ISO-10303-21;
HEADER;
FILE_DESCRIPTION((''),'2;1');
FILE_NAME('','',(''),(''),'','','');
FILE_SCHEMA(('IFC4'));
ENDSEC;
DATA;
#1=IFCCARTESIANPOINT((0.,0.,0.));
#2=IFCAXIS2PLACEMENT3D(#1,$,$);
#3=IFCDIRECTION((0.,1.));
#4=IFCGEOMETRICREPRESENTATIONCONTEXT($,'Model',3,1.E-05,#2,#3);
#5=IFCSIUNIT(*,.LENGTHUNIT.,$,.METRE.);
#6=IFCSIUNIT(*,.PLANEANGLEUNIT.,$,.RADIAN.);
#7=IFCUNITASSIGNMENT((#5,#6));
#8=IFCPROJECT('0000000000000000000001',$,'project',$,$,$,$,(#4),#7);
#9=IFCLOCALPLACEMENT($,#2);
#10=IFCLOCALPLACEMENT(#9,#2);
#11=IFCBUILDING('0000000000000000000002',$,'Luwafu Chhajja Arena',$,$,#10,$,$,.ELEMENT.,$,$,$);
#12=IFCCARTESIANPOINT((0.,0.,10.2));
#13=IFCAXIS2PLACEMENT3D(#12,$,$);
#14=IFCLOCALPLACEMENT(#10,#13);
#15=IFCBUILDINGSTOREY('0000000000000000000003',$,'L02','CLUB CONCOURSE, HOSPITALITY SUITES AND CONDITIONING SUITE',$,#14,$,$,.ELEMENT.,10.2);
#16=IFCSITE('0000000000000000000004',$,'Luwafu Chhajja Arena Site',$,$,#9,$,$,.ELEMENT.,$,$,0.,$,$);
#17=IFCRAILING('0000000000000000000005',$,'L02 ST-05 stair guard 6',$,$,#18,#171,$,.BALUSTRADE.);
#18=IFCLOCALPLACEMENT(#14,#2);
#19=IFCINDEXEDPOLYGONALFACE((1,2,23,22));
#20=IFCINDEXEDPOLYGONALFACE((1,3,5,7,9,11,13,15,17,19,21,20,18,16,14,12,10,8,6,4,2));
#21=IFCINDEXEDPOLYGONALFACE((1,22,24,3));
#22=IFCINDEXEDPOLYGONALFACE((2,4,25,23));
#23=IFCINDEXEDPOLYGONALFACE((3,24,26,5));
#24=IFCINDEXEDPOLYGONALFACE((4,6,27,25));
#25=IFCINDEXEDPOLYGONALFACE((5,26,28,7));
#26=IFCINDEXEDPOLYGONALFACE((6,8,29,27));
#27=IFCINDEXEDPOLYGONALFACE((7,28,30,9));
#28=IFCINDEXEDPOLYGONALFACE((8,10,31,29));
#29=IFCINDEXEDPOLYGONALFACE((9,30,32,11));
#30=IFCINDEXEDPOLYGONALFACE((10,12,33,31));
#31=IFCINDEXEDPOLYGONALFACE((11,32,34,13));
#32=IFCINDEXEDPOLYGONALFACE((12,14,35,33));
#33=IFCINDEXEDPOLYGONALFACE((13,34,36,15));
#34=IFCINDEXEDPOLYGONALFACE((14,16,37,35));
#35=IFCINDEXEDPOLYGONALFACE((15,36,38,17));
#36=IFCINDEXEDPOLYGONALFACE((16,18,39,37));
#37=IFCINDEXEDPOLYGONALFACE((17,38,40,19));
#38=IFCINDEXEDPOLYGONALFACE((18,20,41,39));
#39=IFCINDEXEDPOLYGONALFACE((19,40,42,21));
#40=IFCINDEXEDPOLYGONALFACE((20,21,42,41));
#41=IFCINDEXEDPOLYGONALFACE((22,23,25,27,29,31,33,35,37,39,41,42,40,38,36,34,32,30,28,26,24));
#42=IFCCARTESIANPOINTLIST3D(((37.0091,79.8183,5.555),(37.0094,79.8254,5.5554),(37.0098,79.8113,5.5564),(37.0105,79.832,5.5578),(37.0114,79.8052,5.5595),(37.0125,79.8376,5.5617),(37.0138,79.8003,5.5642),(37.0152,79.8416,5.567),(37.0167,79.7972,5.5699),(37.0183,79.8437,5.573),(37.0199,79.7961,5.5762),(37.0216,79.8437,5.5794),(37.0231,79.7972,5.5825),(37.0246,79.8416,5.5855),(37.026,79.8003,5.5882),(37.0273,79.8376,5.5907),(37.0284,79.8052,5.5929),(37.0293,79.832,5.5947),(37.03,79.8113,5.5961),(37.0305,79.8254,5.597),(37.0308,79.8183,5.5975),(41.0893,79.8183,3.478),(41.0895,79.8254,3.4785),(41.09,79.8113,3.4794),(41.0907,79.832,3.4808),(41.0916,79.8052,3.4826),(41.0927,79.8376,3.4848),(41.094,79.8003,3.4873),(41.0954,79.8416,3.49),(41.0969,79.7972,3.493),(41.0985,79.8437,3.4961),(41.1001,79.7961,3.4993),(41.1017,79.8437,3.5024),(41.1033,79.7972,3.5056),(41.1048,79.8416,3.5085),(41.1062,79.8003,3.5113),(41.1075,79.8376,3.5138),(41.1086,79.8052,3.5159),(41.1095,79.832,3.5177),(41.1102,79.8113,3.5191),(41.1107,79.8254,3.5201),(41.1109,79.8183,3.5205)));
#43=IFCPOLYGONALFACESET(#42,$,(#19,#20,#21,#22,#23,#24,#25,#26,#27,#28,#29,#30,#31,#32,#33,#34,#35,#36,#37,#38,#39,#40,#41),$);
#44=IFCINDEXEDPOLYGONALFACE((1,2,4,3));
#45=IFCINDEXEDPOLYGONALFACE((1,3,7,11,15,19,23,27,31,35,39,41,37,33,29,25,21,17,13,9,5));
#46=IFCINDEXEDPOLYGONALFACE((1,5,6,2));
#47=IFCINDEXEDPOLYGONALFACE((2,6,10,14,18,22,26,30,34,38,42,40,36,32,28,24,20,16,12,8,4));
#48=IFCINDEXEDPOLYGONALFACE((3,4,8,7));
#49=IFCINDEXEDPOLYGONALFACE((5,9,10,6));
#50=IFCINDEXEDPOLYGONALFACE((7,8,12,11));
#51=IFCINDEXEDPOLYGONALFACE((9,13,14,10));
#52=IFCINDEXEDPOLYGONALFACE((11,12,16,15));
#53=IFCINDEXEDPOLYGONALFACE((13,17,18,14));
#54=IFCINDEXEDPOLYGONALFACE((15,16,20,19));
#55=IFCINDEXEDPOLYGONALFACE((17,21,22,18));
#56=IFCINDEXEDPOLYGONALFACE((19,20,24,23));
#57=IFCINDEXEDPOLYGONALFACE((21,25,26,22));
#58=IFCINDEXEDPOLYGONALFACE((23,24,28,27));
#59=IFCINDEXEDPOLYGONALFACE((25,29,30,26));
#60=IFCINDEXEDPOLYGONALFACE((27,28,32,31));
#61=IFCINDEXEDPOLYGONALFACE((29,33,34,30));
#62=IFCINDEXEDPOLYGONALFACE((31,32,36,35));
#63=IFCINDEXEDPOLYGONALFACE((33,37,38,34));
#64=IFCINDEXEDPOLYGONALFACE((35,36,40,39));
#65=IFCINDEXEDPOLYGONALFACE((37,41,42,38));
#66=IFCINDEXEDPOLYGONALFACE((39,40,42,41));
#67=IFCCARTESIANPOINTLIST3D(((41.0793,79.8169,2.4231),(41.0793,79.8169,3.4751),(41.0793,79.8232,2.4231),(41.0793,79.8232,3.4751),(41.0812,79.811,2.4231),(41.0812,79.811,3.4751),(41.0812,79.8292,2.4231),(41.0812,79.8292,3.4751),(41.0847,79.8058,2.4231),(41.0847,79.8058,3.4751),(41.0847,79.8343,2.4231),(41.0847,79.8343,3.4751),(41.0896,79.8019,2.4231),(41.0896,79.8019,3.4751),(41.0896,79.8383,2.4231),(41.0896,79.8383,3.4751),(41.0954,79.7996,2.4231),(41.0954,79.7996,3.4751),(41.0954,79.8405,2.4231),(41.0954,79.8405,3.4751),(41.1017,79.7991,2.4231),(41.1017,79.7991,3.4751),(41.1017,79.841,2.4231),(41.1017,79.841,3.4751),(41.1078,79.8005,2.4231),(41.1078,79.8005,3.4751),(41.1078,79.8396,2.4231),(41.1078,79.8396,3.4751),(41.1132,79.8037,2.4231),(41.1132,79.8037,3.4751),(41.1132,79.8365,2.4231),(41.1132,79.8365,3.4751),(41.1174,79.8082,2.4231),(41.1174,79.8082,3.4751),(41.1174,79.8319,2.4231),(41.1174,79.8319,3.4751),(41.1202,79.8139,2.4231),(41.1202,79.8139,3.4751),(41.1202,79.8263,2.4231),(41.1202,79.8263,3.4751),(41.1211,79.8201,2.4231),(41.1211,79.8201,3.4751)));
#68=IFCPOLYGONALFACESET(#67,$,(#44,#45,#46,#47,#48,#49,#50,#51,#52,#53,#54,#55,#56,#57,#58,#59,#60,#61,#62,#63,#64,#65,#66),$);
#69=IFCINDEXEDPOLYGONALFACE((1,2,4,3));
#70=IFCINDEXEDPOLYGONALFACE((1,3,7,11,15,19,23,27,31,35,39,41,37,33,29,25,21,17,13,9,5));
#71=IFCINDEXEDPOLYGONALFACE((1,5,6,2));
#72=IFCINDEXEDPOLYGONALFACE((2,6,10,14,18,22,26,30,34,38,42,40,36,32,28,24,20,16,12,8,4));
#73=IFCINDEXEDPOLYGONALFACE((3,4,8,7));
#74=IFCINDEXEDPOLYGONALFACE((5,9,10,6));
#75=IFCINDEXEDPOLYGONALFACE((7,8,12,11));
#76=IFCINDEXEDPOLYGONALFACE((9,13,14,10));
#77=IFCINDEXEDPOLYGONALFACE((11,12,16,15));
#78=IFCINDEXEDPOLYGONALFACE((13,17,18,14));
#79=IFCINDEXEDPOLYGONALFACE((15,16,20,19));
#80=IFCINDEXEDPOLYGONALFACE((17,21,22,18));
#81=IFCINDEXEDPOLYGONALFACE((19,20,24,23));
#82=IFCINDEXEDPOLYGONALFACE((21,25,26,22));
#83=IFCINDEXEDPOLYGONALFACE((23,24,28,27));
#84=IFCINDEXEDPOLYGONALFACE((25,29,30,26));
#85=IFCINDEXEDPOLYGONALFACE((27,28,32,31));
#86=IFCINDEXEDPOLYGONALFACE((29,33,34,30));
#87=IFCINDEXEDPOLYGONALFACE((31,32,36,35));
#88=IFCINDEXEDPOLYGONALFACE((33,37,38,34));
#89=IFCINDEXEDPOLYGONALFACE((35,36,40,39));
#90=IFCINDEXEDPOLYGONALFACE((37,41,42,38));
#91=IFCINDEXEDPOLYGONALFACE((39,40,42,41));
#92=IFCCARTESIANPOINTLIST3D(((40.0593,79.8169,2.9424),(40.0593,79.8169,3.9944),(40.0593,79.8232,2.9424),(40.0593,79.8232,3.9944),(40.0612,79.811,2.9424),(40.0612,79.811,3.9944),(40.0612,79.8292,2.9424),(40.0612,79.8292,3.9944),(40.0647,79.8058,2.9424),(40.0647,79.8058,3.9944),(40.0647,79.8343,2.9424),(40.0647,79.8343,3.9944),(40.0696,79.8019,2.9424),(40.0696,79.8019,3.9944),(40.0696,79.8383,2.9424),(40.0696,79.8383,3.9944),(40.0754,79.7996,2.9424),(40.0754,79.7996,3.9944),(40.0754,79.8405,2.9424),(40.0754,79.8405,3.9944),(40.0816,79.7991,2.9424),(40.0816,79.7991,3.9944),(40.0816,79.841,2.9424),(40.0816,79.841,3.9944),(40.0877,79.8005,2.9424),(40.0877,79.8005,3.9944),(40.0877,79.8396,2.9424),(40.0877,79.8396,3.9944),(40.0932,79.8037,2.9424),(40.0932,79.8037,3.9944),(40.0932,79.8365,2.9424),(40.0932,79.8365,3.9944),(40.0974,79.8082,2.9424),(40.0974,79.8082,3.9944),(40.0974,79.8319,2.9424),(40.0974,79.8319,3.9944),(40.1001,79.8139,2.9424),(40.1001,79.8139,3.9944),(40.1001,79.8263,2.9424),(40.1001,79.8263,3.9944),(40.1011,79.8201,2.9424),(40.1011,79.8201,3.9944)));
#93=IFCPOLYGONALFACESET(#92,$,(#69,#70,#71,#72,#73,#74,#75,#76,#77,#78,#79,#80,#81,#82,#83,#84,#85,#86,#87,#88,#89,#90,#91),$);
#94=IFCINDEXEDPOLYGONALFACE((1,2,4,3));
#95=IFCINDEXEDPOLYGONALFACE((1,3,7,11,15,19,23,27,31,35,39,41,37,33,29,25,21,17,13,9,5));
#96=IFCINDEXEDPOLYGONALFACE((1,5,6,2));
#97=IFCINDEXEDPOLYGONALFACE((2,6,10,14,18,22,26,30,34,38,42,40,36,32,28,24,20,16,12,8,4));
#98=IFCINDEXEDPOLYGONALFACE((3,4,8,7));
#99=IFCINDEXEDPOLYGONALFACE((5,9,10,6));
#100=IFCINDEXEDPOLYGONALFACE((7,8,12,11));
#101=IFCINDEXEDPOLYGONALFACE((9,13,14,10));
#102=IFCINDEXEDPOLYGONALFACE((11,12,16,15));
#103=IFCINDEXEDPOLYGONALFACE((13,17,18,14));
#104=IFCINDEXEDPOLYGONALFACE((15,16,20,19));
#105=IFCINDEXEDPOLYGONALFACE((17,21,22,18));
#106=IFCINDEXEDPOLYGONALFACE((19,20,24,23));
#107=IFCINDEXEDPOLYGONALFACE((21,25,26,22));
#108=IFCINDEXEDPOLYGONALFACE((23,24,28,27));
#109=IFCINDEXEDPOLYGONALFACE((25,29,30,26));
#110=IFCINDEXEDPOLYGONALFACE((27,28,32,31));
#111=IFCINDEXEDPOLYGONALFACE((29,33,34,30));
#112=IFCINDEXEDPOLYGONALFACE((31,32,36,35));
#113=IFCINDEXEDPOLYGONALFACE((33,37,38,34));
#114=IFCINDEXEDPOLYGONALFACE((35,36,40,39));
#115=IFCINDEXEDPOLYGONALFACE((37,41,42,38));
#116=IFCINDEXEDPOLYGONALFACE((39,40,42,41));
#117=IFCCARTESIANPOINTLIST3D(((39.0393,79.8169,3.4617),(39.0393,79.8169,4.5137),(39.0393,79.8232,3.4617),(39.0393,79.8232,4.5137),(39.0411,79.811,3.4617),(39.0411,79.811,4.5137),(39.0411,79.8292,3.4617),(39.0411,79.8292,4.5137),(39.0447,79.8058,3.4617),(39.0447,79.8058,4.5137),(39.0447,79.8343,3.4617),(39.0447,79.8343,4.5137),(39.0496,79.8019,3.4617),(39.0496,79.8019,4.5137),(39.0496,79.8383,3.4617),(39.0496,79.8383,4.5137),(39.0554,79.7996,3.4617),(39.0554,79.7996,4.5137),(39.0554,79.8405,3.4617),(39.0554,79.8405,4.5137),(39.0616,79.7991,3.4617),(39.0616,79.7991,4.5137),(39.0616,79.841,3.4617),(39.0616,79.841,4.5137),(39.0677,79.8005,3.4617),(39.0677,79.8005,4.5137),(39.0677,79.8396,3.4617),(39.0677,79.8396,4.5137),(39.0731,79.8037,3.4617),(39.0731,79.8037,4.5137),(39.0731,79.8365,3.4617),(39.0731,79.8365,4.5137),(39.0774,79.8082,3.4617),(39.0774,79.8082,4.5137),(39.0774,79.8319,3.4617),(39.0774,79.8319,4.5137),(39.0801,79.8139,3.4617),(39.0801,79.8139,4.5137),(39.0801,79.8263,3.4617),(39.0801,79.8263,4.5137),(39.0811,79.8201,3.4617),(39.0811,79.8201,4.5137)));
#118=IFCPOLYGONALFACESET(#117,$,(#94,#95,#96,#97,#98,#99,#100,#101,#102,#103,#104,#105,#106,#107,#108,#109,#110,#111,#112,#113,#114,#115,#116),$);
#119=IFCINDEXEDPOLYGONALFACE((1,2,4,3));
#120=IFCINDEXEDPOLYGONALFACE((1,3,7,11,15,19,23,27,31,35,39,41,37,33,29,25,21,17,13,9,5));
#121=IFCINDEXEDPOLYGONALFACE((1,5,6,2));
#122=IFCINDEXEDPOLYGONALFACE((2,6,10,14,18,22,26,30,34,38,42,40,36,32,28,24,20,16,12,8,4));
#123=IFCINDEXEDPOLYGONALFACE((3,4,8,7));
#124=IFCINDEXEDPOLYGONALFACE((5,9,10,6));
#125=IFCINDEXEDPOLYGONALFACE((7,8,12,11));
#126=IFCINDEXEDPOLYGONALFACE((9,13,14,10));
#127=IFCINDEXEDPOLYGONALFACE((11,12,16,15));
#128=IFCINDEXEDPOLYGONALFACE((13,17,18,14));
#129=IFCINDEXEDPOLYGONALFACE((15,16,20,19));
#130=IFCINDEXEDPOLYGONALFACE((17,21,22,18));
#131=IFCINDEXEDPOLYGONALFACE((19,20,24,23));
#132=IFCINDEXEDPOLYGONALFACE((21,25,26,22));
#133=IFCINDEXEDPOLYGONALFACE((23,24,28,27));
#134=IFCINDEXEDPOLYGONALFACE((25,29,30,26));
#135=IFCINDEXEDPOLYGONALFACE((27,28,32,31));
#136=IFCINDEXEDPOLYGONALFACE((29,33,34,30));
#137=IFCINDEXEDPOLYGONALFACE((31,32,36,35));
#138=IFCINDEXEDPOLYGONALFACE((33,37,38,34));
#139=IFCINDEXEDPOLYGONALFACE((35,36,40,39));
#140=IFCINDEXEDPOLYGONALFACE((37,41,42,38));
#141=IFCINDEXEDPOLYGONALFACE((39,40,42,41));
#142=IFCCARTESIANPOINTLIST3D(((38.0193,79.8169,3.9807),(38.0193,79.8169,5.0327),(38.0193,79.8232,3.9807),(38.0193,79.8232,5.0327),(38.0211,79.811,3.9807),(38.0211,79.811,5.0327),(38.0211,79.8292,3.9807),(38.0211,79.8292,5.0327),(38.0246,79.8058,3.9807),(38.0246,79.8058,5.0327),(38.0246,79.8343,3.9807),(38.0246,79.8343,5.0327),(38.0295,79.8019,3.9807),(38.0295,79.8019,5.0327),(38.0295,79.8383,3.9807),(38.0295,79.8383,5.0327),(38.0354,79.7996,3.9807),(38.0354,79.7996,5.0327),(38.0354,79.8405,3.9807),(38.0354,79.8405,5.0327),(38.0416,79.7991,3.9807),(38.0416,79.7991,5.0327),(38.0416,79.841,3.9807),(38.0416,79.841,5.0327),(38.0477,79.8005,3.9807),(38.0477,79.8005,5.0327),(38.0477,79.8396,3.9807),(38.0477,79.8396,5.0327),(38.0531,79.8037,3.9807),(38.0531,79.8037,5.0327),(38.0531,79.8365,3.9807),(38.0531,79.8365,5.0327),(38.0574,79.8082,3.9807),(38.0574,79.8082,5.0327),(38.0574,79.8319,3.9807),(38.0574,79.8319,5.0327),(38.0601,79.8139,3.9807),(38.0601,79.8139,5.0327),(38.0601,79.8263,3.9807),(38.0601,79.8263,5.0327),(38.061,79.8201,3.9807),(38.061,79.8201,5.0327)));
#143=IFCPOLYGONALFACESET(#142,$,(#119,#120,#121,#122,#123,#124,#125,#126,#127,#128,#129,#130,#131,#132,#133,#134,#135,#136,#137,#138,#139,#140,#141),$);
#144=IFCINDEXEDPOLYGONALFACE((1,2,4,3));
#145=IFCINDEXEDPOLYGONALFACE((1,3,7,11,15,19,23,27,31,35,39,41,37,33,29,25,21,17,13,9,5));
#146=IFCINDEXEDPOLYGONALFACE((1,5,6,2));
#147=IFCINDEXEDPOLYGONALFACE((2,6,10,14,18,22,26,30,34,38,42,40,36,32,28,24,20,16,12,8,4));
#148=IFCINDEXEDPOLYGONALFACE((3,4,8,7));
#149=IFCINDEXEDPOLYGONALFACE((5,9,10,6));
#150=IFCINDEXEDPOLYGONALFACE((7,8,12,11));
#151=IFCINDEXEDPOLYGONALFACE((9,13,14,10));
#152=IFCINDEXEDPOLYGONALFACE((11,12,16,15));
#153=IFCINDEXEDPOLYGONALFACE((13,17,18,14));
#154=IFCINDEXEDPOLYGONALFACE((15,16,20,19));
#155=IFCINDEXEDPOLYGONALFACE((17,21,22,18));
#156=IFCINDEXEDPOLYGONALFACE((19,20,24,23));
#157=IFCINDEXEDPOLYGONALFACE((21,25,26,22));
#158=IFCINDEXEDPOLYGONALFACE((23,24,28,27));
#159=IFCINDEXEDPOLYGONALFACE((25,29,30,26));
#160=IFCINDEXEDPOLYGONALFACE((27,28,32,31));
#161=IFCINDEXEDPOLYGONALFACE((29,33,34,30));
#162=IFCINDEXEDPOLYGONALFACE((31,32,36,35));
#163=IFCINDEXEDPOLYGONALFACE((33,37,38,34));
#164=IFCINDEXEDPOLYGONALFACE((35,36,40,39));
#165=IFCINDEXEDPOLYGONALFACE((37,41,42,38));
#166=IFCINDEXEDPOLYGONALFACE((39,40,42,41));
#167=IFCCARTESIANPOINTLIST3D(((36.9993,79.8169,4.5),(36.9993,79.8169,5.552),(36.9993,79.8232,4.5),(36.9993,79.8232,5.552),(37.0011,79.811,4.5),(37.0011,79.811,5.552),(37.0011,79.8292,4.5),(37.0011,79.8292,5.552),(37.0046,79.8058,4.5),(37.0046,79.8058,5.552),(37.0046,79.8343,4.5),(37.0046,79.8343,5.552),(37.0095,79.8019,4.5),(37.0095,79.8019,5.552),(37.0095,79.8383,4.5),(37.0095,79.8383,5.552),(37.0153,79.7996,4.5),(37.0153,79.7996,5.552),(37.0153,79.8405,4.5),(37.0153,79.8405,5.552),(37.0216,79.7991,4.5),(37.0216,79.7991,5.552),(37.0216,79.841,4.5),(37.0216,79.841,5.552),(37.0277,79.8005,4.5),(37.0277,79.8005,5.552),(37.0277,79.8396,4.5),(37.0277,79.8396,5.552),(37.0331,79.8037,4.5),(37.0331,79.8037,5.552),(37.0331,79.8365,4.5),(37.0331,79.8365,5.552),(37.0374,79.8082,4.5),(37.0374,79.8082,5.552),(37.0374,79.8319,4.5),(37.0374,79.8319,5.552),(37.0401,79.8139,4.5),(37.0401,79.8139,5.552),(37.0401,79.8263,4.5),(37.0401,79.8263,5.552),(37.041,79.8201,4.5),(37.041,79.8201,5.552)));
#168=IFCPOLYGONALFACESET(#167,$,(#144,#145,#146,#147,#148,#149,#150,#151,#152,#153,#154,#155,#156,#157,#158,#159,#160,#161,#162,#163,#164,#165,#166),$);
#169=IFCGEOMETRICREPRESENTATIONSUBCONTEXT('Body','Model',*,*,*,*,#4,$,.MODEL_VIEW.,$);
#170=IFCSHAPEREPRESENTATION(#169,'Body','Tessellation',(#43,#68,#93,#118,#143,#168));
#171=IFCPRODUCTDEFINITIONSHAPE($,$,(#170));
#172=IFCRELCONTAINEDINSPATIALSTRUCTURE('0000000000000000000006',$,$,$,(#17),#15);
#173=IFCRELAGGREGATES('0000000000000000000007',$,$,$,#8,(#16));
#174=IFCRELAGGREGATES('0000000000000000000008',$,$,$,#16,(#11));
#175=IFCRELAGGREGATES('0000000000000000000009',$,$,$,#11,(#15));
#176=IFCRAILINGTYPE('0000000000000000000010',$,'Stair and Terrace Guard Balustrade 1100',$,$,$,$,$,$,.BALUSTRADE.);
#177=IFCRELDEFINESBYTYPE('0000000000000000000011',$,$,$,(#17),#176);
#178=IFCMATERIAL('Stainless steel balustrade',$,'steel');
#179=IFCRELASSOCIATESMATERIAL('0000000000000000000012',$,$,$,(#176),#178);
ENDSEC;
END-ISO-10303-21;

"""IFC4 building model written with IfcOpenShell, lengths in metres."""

from ifc_helpers import new_model, si_unit, direction, frame, origin, origin_2d, place, context, subcontext, project, spatial, circle, extrude, material, type_object, element, save


model = new_model("IFC4")

# Units and contexts
model_context = context("Model", 3, precision=1e-05, world=origin(), true_north=direction((0.0, 1.0)))
body_context = subcontext(model_context, "Body", "Model", "MODEL_VIEW")
ifc_project = project(units=[si_unit("LENGTHUNIT", "METRE"), si_unit("PLANEANGLEUNIT", "RADIAN")], contexts=[model_context])

# Site, building, storey
site_placement = place(None, origin())
site = spatial("IfcSite", under=ifc_project, at=site_placement, Name="Luwafu Chhajja Arena Site", CompositionType="ELEMENT", RefElevation=0.0)
building_placement = place(site_placement, origin())
building = spatial("IfcBuilding", under=site, at=building_placement, Name="Luwafu Chhajja Arena", CompositionType="ELEMENT")
storey_placement = place(building_placement, frame((0.0, 0.0, 10.2)))
storey = spatial("IfcBuildingStorey", under=building, at=storey_placement, Name="L02", Description="CLUB CONCOURSE, HOSPITALITY SUITES AND CONDITIONING SUITE", CompositionType="ELEMENT", Elevation=10.2)

# Railing
ifc_material_1 = material(Name="Stainless steel balustrade", Category="steel")
railing_type_1 = type_object("IfcRailingType", Name="Stair and Terrace Guard Balustrade 1100", PredefinedType="BALUSTRADE", material=ifc_material_1)
railing_1_placement = place(storey_placement, frame((41.1001, 79.8201, 2.4231)))
element("IfcRailing", 1, at=railing_1_placement, inside=storey, type_object=railing_type_1, Name="L02 ST-05 stair guard 6", PredefinedType="BALUSTRADE", context=body_context, shape_type="SweptSolid", body=[
    extrude(circle(Radius=0.0239, at=origin_2d()), frame((0.0, 0.0, 1.0762), z_axis=(-0.891183, 0.0, 0.453644), x_axis=(0.0, -1.0, 0.0)), (0.0, 0.0, 1.0), 4.5784),
    extrude(circle(Radius=0.021, at=origin_2d()), origin(), (0.0, 0.0, 1.0), 1.052),
    extrude(circle(Radius=0.021, at=origin_2d()), frame((-1.02, 0.0, 0.5193)), (0.0, 0.0, 1.0), 1.052),
    extrude(circle(Radius=0.021, at=origin_2d()), frame((-2.04, 0.0, 1.0386)), (0.0, 0.0, 1.0), 1.052),
    extrude(circle(Radius=0.021, at=origin_2d()), frame((-3.0601, 0.0, 1.5576)), (0.0, 0.0, 1.0), 1.052),
    extrude(circle(Radius=0.021, at=origin_2d()), frame((-4.0801, 0.0, 2.0769)), (0.0, 0.0, 1.0), 1.052),
])

save(model, "model.ifc")
